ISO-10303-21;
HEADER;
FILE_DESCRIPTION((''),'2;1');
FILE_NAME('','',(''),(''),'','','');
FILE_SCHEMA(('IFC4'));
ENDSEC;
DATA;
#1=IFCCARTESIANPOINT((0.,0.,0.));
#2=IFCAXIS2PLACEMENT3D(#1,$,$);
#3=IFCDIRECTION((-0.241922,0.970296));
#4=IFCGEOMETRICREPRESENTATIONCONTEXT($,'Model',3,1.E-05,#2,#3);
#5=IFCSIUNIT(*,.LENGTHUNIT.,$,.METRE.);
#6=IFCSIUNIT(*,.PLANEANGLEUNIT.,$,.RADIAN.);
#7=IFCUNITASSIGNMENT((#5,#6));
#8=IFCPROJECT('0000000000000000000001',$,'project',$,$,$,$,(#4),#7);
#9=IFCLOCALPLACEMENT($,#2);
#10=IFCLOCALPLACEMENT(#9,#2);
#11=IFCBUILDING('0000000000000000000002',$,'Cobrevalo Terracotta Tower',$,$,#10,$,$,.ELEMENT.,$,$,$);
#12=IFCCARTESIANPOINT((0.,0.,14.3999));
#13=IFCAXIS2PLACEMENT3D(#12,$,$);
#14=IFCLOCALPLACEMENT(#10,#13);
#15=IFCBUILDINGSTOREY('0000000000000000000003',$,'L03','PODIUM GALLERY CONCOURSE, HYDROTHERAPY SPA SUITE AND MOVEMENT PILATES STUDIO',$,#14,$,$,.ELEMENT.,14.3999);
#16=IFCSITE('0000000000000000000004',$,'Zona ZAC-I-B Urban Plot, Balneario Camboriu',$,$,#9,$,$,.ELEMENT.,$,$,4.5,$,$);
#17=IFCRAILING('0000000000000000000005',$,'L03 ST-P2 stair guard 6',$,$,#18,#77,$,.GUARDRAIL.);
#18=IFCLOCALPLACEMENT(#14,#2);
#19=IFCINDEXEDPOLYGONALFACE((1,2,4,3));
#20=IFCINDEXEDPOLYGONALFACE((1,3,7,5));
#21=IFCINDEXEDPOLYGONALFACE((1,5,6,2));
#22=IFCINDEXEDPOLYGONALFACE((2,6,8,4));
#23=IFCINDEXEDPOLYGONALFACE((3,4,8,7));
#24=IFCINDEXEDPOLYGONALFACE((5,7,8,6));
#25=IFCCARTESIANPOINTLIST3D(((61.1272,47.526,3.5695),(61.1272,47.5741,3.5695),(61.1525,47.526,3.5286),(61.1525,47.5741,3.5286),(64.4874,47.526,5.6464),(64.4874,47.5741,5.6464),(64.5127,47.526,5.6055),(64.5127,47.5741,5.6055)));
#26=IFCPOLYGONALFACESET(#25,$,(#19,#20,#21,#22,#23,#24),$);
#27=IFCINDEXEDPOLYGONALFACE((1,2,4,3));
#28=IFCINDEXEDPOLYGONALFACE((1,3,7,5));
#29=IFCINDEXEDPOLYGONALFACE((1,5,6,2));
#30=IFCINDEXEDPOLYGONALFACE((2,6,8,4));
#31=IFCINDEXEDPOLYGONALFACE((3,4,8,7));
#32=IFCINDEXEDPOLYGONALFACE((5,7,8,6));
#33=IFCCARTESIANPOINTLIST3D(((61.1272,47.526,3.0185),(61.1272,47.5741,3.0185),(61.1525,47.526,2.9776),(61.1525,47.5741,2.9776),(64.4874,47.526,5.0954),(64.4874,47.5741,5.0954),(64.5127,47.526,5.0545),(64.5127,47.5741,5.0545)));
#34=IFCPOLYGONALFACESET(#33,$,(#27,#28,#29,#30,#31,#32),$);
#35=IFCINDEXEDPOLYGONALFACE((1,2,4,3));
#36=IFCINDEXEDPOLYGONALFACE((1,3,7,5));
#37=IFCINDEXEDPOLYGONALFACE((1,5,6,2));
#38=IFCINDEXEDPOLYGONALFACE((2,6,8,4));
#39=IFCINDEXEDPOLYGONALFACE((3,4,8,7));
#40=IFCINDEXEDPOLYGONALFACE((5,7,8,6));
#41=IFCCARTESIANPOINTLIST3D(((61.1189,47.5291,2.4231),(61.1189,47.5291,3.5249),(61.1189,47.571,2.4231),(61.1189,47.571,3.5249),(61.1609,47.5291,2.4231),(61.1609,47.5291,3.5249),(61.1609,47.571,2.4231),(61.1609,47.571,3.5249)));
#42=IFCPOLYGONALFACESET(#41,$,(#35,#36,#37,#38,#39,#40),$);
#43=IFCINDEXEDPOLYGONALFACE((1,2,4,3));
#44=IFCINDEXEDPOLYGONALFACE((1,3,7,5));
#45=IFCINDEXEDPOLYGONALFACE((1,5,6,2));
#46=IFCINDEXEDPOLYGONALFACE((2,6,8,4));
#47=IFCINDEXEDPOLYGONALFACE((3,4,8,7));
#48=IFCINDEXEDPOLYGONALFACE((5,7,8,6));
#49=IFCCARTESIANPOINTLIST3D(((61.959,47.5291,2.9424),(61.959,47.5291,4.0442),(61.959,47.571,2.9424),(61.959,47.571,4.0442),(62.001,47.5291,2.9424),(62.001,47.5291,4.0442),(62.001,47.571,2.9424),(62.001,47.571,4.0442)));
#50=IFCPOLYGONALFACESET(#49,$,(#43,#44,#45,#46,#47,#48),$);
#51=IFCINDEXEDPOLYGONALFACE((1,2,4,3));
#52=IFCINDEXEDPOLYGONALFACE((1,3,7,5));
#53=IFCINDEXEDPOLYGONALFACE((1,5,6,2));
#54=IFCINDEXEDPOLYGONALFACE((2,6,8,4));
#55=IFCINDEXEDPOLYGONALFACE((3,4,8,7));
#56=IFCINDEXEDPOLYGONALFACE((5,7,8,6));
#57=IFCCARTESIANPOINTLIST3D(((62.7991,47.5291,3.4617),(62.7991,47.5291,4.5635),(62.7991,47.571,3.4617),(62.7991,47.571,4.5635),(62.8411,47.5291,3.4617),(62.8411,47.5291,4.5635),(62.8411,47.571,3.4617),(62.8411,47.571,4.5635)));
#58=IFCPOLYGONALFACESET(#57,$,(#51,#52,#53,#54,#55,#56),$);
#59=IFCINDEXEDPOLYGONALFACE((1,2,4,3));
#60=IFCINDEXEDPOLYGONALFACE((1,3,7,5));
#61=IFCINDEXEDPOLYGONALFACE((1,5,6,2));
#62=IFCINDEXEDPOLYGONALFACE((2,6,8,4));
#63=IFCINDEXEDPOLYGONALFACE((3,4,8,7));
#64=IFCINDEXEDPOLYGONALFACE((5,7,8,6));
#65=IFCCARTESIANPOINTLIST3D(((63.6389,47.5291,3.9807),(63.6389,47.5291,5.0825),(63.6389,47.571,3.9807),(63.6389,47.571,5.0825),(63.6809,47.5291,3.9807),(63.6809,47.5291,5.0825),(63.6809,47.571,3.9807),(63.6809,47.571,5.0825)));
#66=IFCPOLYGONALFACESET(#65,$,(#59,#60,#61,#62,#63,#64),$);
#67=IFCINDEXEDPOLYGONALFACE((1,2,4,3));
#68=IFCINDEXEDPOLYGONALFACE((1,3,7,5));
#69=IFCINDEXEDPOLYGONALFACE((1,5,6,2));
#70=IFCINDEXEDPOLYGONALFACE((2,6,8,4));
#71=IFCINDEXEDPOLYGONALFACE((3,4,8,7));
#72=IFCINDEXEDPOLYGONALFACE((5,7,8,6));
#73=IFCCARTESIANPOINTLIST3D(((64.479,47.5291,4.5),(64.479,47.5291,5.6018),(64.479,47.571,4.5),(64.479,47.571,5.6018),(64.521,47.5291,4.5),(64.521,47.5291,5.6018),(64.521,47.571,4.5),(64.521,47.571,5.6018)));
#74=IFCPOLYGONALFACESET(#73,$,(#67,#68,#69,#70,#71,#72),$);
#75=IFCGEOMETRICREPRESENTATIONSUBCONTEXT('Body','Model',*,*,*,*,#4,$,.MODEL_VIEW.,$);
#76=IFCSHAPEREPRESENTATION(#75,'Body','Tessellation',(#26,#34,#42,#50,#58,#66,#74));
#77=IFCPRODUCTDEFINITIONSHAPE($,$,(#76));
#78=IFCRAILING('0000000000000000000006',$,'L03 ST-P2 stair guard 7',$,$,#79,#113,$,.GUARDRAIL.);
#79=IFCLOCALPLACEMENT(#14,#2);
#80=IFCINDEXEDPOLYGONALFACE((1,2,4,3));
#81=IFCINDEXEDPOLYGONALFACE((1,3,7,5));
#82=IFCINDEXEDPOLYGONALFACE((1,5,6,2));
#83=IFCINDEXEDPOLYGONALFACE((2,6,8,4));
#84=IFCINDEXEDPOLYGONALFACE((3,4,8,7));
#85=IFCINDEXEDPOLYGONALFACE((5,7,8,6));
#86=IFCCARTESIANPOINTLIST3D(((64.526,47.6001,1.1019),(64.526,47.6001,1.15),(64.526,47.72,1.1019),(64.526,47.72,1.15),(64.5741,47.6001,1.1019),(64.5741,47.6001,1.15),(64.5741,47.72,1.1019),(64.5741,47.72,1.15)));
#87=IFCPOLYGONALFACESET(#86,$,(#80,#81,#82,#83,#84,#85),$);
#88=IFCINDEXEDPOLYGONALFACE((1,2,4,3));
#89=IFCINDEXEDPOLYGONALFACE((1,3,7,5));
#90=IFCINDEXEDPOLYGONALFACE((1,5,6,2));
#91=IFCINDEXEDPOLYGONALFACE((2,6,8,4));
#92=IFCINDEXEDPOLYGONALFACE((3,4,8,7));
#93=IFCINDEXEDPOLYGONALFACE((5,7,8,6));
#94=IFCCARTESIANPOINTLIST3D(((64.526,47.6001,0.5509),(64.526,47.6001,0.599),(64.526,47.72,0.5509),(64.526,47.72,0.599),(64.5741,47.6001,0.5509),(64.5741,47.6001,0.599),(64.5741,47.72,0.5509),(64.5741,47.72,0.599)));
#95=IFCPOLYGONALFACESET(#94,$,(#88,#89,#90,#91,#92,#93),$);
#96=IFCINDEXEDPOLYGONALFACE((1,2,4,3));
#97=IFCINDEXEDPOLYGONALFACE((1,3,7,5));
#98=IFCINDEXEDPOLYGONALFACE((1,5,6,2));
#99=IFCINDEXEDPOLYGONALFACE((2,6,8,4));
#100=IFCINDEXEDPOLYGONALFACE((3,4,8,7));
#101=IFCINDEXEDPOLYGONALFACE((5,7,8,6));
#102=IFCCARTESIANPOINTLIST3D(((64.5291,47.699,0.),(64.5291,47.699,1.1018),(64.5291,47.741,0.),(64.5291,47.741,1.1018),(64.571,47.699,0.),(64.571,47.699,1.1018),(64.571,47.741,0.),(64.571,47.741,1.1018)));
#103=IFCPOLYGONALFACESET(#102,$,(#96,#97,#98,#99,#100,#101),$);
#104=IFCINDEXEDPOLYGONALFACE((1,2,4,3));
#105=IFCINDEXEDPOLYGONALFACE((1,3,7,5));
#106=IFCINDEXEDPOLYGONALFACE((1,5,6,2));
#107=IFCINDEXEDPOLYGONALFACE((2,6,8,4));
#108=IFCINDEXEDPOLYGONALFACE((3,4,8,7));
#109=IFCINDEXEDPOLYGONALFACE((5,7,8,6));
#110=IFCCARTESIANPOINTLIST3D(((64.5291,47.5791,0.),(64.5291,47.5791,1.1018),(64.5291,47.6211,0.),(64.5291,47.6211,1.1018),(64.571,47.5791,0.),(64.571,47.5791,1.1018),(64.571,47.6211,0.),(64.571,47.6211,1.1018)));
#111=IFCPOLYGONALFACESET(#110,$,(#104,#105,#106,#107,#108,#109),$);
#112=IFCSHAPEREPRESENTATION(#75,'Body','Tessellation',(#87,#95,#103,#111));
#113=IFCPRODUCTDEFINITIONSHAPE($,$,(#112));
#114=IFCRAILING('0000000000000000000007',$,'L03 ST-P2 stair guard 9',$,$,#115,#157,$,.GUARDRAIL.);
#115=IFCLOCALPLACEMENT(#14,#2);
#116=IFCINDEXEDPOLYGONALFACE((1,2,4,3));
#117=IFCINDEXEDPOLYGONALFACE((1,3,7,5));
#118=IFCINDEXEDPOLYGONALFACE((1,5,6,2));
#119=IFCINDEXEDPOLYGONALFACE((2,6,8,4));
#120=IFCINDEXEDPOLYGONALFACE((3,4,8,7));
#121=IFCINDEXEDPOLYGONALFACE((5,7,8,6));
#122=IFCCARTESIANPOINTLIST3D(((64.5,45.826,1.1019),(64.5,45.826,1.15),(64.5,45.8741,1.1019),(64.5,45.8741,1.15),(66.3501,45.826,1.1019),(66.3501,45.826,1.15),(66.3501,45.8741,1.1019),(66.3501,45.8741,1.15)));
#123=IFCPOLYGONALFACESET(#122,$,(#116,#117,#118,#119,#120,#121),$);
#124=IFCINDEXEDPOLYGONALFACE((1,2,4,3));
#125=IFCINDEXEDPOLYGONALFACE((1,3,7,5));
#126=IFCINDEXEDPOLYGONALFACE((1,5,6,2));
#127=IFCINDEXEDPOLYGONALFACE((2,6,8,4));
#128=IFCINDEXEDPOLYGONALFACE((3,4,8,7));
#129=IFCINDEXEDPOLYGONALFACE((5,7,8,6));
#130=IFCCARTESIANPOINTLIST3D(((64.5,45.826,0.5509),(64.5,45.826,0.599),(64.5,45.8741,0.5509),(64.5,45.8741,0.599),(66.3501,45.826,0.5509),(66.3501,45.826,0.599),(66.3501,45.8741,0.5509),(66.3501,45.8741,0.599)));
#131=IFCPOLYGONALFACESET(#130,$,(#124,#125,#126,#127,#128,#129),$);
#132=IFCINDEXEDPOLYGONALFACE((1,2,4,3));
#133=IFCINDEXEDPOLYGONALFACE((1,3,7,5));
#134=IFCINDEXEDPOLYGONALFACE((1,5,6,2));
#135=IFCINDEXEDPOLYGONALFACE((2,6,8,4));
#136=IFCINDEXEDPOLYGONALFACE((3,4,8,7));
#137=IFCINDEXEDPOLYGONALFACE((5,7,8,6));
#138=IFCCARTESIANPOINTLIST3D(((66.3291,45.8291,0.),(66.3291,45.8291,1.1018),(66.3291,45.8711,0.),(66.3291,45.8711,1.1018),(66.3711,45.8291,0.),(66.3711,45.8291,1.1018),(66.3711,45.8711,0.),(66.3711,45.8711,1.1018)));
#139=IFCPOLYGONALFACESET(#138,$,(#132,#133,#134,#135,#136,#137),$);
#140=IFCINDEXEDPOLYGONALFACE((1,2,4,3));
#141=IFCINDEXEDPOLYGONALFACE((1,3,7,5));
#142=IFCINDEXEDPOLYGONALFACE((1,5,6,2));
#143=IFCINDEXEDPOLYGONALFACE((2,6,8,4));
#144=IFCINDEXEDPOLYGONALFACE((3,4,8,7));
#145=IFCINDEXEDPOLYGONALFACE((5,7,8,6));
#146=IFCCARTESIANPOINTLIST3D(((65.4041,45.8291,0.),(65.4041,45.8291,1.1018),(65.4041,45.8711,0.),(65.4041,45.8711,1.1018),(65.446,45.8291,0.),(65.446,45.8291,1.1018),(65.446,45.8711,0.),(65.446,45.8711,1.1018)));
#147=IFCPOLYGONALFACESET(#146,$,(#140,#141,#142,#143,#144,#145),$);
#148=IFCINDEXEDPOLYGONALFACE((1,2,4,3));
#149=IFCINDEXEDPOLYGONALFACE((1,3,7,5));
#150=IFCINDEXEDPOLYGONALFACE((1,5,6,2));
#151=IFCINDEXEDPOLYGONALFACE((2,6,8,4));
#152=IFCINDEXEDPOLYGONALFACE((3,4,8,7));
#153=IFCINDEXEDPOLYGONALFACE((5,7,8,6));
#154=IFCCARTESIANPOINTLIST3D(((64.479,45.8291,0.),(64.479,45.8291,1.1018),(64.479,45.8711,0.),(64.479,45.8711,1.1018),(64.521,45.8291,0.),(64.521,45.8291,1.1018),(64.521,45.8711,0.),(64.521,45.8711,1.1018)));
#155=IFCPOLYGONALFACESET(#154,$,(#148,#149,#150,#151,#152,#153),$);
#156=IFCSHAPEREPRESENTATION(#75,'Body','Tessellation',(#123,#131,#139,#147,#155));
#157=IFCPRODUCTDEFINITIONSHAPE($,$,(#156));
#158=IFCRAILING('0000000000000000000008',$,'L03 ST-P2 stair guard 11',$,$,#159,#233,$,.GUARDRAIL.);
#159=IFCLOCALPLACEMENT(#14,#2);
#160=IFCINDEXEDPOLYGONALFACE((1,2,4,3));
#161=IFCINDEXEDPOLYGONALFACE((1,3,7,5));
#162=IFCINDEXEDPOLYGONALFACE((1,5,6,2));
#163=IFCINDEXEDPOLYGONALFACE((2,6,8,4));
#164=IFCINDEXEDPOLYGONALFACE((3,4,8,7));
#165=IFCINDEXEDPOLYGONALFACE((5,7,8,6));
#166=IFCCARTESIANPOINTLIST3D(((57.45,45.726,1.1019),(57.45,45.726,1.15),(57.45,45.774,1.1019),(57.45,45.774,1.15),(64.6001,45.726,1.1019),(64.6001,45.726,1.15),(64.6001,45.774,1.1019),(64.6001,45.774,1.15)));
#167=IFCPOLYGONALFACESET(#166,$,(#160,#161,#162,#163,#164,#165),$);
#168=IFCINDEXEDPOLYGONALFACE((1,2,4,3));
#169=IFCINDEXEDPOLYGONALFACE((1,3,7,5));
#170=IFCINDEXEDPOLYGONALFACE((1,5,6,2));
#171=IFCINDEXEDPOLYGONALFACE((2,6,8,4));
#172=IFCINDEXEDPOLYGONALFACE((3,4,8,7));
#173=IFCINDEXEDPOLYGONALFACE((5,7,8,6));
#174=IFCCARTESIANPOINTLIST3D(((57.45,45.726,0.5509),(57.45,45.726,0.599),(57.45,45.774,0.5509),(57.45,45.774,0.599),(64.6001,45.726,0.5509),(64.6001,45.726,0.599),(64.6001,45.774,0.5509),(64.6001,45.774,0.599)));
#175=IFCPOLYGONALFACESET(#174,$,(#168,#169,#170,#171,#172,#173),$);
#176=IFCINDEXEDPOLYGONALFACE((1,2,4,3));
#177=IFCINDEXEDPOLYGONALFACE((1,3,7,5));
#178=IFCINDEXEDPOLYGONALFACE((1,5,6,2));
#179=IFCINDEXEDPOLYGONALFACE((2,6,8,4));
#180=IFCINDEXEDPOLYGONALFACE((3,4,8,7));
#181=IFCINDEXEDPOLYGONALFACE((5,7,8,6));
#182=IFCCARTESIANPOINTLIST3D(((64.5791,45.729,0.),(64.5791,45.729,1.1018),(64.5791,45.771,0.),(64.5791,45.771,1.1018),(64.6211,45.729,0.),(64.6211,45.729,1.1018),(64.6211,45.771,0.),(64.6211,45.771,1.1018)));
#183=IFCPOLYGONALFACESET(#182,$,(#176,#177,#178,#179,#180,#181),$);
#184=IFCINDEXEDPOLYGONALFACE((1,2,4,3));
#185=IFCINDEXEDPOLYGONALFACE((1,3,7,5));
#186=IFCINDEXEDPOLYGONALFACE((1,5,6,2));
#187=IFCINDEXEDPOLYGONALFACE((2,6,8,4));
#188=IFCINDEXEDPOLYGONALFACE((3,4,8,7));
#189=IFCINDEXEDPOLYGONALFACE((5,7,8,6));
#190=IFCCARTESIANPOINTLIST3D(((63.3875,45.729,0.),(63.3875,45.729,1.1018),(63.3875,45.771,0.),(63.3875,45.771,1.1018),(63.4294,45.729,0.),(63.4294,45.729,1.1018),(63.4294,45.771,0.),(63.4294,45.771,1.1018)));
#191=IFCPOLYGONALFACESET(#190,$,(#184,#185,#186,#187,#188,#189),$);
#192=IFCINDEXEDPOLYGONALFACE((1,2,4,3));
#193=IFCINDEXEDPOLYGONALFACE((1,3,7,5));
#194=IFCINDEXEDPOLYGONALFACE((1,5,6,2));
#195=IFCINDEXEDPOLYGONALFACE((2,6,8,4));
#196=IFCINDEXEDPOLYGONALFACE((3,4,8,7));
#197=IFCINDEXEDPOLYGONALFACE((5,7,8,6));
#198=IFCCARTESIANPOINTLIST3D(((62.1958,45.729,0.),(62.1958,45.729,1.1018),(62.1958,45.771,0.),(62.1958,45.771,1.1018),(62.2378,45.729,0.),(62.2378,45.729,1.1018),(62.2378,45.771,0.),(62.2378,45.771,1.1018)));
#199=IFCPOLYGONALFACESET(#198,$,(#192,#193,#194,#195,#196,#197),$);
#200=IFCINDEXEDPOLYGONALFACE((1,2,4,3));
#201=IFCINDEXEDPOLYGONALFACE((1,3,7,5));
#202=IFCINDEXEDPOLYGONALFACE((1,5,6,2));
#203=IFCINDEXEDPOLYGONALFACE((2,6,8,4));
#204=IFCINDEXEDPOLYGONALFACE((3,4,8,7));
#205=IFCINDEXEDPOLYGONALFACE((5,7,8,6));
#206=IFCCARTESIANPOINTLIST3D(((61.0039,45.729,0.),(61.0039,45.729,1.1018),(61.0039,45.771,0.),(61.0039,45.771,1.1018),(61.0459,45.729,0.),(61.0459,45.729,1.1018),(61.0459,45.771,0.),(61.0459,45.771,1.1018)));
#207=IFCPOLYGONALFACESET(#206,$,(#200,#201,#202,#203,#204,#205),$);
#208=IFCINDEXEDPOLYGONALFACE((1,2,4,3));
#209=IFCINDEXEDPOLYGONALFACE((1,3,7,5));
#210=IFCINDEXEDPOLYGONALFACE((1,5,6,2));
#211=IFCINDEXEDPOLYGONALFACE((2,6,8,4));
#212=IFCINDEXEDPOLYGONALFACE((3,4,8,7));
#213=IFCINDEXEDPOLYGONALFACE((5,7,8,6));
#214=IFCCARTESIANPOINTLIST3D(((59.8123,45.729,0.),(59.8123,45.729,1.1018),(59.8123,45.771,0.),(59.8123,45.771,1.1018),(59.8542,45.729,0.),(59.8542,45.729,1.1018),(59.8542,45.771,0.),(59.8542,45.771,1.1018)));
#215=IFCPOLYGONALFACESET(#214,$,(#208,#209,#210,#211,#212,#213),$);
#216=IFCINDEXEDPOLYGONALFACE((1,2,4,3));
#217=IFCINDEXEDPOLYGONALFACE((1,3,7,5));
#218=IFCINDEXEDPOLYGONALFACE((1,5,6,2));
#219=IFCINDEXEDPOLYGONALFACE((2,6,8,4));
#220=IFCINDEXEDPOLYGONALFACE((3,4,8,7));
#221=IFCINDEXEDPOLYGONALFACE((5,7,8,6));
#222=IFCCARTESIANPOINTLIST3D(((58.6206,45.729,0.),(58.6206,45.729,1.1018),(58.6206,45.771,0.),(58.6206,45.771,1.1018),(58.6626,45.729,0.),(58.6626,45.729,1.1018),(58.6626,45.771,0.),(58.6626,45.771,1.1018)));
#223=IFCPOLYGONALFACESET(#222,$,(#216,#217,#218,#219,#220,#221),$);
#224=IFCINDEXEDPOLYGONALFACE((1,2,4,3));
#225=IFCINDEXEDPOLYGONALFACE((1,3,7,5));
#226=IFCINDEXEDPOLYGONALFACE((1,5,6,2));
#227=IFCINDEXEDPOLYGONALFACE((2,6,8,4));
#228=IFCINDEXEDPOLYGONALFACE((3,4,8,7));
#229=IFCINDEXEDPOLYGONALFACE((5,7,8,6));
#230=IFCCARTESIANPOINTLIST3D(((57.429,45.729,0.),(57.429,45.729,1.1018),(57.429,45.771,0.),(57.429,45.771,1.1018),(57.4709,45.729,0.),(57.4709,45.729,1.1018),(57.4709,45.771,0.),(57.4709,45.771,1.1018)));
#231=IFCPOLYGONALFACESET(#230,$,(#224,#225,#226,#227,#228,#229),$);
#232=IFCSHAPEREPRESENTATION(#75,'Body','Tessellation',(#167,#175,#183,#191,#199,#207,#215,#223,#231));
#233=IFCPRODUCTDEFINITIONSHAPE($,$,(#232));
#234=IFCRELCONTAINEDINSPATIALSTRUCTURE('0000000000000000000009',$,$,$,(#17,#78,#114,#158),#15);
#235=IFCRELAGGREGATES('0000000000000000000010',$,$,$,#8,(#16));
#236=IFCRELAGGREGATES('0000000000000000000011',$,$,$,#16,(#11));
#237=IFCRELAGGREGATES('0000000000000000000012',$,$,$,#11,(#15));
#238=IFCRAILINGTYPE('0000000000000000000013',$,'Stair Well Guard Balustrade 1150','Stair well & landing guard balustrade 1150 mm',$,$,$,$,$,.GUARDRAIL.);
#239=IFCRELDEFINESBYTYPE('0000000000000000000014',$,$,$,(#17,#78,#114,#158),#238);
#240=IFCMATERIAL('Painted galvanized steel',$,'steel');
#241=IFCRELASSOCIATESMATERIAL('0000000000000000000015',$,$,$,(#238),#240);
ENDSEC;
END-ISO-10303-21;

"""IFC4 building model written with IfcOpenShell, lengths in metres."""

from ifc_helpers import new_model, si_unit, direction, frame, origin, origin_2d, place, context, subcontext, project, spatial, rectangle, extrude, material, type_object, element, save


model = new_model("IFC4")

# Units and contexts
model_context = context("Model", 3, precision=1e-05, world=origin(), true_north=direction((-0.241922, 0.970296)))
body_context = subcontext(model_context, "Body", "Model", "MODEL_VIEW")
ifc_project = project(units=[si_unit("LENGTHUNIT", "METRE"), si_unit("PLANEANGLEUNIT", "RADIAN")], contexts=[model_context])

# Site, building, storey
site_placement = place(None, origin())
site = spatial("IfcSite", under=ifc_project, at=site_placement, Name="Zona ZAC-I-B Urban Plot, Balneario Camboriu", CompositionType="ELEMENT", RefElevation=4.5)
building_placement = place(site_placement, origin())
building = spatial("IfcBuilding", under=site, at=building_placement, Name="Cobrevalo Terracotta Tower", CompositionType="ELEMENT")
storey_placement = place(building_placement, frame((0.0, 0.0, 14.3999)))
storey = spatial("IfcBuildingStorey", under=building, at=storey_placement, Name="L03", Description="PODIUM GALLERY CONCOURSE, HYDROTHERAPY SPA SUITE AND MOVEMENT PILATES STUDIO", CompositionType="ELEMENT", Elevation=14.3999)

# Railings
ifc_material_1 = material(Name="Painted galvanized steel", Category="steel")
railing_type_1 = type_object("IfcRailingType", Name="Stair Well Guard Balustrade 1150", Description="Stair well & landing guard balustrade 1150 mm", PredefinedType="GUARDRAIL", material=ifc_material_1)
railing_1_placement = place(storey_placement, frame((61.1399, 47.55, 2.4231)))
element("IfcRailing", 1, at=railing_1_placement, inside=storey, type_object=railing_type_1, Name="L03 ST-P2 stair guard 6", PredefinedType="GUARDRAIL", context=body_context, shape_type="SweptSolid", body=[
    extrude(rectangle(XDim=0.0481, YDim=0.0481, at=origin_2d()), frame((0.0, 0.0, 1.126), z_axis=(0.850623, 0.0, 0.525776), x_axis=(0.0, 1.0, 0.0)), (0.0, 0.0, 1.0), 3.9502),
    extrude(rectangle(XDim=0.0481, YDim=0.0481, at=origin_2d()), frame((0.0, 0.0, 0.575), z_axis=(0.850623, 0.0, 0.525776), x_axis=(0.0, 1.0, 0.0)), (0.0, 0.0, 1.0), 3.9502),
    extrude(rectangle(XDim=0.042, YDim=0.042, at=origin_2d()), origin(), (0.0, 0.0, 1.0), 1.1018),
    extrude(rectangle(XDim=0.042, YDim=0.042, at=origin_2d()), frame((0.8401, 0.0, 0.5193)), (0.0, 0.0, 1.0), 1.1018),
    extrude(rectangle(XDim=0.042, YDim=0.042, at=origin_2d()), frame((1.6802, 0.0, 1.0386)), (0.0, 0.0, 1.0), 1.1018),
    extrude(rectangle(XDim=0.042, YDim=0.042, at=origin_2d()), frame((2.52, 0.0, 1.5576)), (0.0, 0.0, 1.0), 1.1018),
    extrude(rectangle(XDim=0.042, YDim=0.042, at=origin_2d()), frame((3.3601, 0.0, 2.0769)), (0.0, 0.0, 1.0), 1.1018),
])
railing_2_placement = place(storey_placement, frame((64.55, 47.72, 0.0)))
element("IfcRailing", 2, at=railing_2_placement, inside=storey, type_object=railing_type_1, Name="L03 ST-P2 stair guard 7", PredefinedType="GUARDRAIL", context=body_context, shape_type="SweptSolid", body=[
    extrude(rectangle(XDim=0.0481, YDim=0.0481, at=origin_2d()), frame((0.0, 0.0, 1.126), z_axis=(0.0, -1.0, 0.0), x_axis=(1.0, 0.0, 0.0)), (0.0, 0.0, 1.0), 0.1199),
    extrude(rectangle(XDim=0.0481, YDim=0.0481, at=origin_2d()), frame((0.0, 0.0, 0.575), z_axis=(0.0, -1.0, 0.0), x_axis=(1.0, 0.0, 0.0)), (0.0, 0.0, 1.0), 0.1199),
    extrude(rectangle(XDim=0.042, YDim=0.042, at=origin_2d()), origin(), (0.0, 0.0, 1.0), 1.1018),
    extrude(rectangle(XDim=0.042, YDim=0.042, at=origin_2d()), frame((0.0, -0.1199, 0.0)), (0.0, 0.0, 1.0), 1.1018),
])
railing_3_placement = place(storey_placement, frame((66.3501, 45.8501, 0.0)))
element("IfcRailing", 3, at=railing_3_placement, inside=storey, type_object=railing_type_1, Name="L03 ST-P2 stair guard 9", PredefinedType="GUARDRAIL", context=body_context, shape_type="SweptSolid", body=[
    extrude(rectangle(XDim=0.0481, YDim=0.0481, at=origin_2d()), frame((0.0, 0.0, 1.126), z_axis=(-1.0, 0.0, 0.0), x_axis=(0.0, -1.0, 0.0)), (0.0, 0.0, 1.0), 1.8501),
    extrude(rectangle(XDim=0.0481, YDim=0.0481, at=origin_2d()), frame((0.0, 0.0, 0.575), z_axis=(-1.0, 0.0, 0.0), x_axis=(0.0, -1.0, 0.0)), (0.0, 0.0, 1.0), 1.8501),
    extrude(rectangle(XDim=0.042, YDim=0.042, at=origin_2d()), origin(), (0.0, 0.0, 1.0), 1.1018),
    extrude(rectangle(XDim=0.042, YDim=0.042, at=origin_2d()), frame((-0.925, 0.0, 0.0)), (0.0, 0.0, 1.0), 1.1018),
    extrude(rectangle(XDim=0.042, YDim=0.042, at=origin_2d()), frame((-1.8501, 0.0, 0.0)), (0.0, 0.0, 1.0), 1.1018),
])
railing_4_placement = place(storey_placement, frame((64.6001, 45.75, 0.0)))
element("IfcRailing", 4, at=railing_4_placement, inside=storey, type_object=railing_type_1, Name="L03 ST-P2 stair guard 11", PredefinedType="GUARDRAIL", context=body_context, shape_type="SweptSolid", body=[
    extrude(rectangle(XDim=0.0481, YDim=0.0481, at=origin_2d()), frame((0.0, 0.0, 1.126), z_axis=(-1.0, 0.0, 0.0), x_axis=(0.0, -1.0, 0.0)), (0.0, 0.0, 1.0), 7.1501),
    extrude(rectangle(XDim=0.0481, YDim=0.0481, at=origin_2d()), frame((0.0, 0.0, 0.575), z_axis=(-1.0, 0.0, 0.0), x_axis=(0.0, -1.0, 0.0)), (0.0, 0.0, 1.0), 7.1501),
    extrude(rectangle(XDim=0.042, YDim=0.042, at=origin_2d()), origin(), (0.0, 0.0, 1.0), 1.1018),
    extrude(rectangle(XDim=0.042, YDim=0.042, at=origin_2d()), frame((-1.1917, 0.0, 0.0)), (0.0, 0.0, 1.0), 1.1018),
    extrude(rectangle(XDim=0.042, YDim=0.042, at=origin_2d()), frame((-2.3833, 0.0, 0.0)), (0.0, 0.0, 1.0), 1.1018),
    extrude(rectangle(XDim=0.042, YDim=0.042, at=origin_2d()), frame((-3.5752, 0.0, 0.0)), (0.0, 0.0, 1.0), 1.1018),
    extrude(rectangle(XDim=0.042, YDim=0.042, at=origin_2d()), frame((-4.7668, 0.0, 0.0)), (0.0, 0.0, 1.0), 1.1018),
    extrude(rectangle(XDim=0.042, YDim=0.042, at=origin_2d()), frame((-5.9585, 0.0, 0.0)), (0.0, 0.0, 1.0), 1.1018),
    extrude(rectangle(XDim=0.042, YDim=0.042, at=origin_2d()), frame((-7.1501, 0.0, 0.0)), (0.0, 0.0, 1.0), 1.1018),
])

save(model, "model.ifc")
